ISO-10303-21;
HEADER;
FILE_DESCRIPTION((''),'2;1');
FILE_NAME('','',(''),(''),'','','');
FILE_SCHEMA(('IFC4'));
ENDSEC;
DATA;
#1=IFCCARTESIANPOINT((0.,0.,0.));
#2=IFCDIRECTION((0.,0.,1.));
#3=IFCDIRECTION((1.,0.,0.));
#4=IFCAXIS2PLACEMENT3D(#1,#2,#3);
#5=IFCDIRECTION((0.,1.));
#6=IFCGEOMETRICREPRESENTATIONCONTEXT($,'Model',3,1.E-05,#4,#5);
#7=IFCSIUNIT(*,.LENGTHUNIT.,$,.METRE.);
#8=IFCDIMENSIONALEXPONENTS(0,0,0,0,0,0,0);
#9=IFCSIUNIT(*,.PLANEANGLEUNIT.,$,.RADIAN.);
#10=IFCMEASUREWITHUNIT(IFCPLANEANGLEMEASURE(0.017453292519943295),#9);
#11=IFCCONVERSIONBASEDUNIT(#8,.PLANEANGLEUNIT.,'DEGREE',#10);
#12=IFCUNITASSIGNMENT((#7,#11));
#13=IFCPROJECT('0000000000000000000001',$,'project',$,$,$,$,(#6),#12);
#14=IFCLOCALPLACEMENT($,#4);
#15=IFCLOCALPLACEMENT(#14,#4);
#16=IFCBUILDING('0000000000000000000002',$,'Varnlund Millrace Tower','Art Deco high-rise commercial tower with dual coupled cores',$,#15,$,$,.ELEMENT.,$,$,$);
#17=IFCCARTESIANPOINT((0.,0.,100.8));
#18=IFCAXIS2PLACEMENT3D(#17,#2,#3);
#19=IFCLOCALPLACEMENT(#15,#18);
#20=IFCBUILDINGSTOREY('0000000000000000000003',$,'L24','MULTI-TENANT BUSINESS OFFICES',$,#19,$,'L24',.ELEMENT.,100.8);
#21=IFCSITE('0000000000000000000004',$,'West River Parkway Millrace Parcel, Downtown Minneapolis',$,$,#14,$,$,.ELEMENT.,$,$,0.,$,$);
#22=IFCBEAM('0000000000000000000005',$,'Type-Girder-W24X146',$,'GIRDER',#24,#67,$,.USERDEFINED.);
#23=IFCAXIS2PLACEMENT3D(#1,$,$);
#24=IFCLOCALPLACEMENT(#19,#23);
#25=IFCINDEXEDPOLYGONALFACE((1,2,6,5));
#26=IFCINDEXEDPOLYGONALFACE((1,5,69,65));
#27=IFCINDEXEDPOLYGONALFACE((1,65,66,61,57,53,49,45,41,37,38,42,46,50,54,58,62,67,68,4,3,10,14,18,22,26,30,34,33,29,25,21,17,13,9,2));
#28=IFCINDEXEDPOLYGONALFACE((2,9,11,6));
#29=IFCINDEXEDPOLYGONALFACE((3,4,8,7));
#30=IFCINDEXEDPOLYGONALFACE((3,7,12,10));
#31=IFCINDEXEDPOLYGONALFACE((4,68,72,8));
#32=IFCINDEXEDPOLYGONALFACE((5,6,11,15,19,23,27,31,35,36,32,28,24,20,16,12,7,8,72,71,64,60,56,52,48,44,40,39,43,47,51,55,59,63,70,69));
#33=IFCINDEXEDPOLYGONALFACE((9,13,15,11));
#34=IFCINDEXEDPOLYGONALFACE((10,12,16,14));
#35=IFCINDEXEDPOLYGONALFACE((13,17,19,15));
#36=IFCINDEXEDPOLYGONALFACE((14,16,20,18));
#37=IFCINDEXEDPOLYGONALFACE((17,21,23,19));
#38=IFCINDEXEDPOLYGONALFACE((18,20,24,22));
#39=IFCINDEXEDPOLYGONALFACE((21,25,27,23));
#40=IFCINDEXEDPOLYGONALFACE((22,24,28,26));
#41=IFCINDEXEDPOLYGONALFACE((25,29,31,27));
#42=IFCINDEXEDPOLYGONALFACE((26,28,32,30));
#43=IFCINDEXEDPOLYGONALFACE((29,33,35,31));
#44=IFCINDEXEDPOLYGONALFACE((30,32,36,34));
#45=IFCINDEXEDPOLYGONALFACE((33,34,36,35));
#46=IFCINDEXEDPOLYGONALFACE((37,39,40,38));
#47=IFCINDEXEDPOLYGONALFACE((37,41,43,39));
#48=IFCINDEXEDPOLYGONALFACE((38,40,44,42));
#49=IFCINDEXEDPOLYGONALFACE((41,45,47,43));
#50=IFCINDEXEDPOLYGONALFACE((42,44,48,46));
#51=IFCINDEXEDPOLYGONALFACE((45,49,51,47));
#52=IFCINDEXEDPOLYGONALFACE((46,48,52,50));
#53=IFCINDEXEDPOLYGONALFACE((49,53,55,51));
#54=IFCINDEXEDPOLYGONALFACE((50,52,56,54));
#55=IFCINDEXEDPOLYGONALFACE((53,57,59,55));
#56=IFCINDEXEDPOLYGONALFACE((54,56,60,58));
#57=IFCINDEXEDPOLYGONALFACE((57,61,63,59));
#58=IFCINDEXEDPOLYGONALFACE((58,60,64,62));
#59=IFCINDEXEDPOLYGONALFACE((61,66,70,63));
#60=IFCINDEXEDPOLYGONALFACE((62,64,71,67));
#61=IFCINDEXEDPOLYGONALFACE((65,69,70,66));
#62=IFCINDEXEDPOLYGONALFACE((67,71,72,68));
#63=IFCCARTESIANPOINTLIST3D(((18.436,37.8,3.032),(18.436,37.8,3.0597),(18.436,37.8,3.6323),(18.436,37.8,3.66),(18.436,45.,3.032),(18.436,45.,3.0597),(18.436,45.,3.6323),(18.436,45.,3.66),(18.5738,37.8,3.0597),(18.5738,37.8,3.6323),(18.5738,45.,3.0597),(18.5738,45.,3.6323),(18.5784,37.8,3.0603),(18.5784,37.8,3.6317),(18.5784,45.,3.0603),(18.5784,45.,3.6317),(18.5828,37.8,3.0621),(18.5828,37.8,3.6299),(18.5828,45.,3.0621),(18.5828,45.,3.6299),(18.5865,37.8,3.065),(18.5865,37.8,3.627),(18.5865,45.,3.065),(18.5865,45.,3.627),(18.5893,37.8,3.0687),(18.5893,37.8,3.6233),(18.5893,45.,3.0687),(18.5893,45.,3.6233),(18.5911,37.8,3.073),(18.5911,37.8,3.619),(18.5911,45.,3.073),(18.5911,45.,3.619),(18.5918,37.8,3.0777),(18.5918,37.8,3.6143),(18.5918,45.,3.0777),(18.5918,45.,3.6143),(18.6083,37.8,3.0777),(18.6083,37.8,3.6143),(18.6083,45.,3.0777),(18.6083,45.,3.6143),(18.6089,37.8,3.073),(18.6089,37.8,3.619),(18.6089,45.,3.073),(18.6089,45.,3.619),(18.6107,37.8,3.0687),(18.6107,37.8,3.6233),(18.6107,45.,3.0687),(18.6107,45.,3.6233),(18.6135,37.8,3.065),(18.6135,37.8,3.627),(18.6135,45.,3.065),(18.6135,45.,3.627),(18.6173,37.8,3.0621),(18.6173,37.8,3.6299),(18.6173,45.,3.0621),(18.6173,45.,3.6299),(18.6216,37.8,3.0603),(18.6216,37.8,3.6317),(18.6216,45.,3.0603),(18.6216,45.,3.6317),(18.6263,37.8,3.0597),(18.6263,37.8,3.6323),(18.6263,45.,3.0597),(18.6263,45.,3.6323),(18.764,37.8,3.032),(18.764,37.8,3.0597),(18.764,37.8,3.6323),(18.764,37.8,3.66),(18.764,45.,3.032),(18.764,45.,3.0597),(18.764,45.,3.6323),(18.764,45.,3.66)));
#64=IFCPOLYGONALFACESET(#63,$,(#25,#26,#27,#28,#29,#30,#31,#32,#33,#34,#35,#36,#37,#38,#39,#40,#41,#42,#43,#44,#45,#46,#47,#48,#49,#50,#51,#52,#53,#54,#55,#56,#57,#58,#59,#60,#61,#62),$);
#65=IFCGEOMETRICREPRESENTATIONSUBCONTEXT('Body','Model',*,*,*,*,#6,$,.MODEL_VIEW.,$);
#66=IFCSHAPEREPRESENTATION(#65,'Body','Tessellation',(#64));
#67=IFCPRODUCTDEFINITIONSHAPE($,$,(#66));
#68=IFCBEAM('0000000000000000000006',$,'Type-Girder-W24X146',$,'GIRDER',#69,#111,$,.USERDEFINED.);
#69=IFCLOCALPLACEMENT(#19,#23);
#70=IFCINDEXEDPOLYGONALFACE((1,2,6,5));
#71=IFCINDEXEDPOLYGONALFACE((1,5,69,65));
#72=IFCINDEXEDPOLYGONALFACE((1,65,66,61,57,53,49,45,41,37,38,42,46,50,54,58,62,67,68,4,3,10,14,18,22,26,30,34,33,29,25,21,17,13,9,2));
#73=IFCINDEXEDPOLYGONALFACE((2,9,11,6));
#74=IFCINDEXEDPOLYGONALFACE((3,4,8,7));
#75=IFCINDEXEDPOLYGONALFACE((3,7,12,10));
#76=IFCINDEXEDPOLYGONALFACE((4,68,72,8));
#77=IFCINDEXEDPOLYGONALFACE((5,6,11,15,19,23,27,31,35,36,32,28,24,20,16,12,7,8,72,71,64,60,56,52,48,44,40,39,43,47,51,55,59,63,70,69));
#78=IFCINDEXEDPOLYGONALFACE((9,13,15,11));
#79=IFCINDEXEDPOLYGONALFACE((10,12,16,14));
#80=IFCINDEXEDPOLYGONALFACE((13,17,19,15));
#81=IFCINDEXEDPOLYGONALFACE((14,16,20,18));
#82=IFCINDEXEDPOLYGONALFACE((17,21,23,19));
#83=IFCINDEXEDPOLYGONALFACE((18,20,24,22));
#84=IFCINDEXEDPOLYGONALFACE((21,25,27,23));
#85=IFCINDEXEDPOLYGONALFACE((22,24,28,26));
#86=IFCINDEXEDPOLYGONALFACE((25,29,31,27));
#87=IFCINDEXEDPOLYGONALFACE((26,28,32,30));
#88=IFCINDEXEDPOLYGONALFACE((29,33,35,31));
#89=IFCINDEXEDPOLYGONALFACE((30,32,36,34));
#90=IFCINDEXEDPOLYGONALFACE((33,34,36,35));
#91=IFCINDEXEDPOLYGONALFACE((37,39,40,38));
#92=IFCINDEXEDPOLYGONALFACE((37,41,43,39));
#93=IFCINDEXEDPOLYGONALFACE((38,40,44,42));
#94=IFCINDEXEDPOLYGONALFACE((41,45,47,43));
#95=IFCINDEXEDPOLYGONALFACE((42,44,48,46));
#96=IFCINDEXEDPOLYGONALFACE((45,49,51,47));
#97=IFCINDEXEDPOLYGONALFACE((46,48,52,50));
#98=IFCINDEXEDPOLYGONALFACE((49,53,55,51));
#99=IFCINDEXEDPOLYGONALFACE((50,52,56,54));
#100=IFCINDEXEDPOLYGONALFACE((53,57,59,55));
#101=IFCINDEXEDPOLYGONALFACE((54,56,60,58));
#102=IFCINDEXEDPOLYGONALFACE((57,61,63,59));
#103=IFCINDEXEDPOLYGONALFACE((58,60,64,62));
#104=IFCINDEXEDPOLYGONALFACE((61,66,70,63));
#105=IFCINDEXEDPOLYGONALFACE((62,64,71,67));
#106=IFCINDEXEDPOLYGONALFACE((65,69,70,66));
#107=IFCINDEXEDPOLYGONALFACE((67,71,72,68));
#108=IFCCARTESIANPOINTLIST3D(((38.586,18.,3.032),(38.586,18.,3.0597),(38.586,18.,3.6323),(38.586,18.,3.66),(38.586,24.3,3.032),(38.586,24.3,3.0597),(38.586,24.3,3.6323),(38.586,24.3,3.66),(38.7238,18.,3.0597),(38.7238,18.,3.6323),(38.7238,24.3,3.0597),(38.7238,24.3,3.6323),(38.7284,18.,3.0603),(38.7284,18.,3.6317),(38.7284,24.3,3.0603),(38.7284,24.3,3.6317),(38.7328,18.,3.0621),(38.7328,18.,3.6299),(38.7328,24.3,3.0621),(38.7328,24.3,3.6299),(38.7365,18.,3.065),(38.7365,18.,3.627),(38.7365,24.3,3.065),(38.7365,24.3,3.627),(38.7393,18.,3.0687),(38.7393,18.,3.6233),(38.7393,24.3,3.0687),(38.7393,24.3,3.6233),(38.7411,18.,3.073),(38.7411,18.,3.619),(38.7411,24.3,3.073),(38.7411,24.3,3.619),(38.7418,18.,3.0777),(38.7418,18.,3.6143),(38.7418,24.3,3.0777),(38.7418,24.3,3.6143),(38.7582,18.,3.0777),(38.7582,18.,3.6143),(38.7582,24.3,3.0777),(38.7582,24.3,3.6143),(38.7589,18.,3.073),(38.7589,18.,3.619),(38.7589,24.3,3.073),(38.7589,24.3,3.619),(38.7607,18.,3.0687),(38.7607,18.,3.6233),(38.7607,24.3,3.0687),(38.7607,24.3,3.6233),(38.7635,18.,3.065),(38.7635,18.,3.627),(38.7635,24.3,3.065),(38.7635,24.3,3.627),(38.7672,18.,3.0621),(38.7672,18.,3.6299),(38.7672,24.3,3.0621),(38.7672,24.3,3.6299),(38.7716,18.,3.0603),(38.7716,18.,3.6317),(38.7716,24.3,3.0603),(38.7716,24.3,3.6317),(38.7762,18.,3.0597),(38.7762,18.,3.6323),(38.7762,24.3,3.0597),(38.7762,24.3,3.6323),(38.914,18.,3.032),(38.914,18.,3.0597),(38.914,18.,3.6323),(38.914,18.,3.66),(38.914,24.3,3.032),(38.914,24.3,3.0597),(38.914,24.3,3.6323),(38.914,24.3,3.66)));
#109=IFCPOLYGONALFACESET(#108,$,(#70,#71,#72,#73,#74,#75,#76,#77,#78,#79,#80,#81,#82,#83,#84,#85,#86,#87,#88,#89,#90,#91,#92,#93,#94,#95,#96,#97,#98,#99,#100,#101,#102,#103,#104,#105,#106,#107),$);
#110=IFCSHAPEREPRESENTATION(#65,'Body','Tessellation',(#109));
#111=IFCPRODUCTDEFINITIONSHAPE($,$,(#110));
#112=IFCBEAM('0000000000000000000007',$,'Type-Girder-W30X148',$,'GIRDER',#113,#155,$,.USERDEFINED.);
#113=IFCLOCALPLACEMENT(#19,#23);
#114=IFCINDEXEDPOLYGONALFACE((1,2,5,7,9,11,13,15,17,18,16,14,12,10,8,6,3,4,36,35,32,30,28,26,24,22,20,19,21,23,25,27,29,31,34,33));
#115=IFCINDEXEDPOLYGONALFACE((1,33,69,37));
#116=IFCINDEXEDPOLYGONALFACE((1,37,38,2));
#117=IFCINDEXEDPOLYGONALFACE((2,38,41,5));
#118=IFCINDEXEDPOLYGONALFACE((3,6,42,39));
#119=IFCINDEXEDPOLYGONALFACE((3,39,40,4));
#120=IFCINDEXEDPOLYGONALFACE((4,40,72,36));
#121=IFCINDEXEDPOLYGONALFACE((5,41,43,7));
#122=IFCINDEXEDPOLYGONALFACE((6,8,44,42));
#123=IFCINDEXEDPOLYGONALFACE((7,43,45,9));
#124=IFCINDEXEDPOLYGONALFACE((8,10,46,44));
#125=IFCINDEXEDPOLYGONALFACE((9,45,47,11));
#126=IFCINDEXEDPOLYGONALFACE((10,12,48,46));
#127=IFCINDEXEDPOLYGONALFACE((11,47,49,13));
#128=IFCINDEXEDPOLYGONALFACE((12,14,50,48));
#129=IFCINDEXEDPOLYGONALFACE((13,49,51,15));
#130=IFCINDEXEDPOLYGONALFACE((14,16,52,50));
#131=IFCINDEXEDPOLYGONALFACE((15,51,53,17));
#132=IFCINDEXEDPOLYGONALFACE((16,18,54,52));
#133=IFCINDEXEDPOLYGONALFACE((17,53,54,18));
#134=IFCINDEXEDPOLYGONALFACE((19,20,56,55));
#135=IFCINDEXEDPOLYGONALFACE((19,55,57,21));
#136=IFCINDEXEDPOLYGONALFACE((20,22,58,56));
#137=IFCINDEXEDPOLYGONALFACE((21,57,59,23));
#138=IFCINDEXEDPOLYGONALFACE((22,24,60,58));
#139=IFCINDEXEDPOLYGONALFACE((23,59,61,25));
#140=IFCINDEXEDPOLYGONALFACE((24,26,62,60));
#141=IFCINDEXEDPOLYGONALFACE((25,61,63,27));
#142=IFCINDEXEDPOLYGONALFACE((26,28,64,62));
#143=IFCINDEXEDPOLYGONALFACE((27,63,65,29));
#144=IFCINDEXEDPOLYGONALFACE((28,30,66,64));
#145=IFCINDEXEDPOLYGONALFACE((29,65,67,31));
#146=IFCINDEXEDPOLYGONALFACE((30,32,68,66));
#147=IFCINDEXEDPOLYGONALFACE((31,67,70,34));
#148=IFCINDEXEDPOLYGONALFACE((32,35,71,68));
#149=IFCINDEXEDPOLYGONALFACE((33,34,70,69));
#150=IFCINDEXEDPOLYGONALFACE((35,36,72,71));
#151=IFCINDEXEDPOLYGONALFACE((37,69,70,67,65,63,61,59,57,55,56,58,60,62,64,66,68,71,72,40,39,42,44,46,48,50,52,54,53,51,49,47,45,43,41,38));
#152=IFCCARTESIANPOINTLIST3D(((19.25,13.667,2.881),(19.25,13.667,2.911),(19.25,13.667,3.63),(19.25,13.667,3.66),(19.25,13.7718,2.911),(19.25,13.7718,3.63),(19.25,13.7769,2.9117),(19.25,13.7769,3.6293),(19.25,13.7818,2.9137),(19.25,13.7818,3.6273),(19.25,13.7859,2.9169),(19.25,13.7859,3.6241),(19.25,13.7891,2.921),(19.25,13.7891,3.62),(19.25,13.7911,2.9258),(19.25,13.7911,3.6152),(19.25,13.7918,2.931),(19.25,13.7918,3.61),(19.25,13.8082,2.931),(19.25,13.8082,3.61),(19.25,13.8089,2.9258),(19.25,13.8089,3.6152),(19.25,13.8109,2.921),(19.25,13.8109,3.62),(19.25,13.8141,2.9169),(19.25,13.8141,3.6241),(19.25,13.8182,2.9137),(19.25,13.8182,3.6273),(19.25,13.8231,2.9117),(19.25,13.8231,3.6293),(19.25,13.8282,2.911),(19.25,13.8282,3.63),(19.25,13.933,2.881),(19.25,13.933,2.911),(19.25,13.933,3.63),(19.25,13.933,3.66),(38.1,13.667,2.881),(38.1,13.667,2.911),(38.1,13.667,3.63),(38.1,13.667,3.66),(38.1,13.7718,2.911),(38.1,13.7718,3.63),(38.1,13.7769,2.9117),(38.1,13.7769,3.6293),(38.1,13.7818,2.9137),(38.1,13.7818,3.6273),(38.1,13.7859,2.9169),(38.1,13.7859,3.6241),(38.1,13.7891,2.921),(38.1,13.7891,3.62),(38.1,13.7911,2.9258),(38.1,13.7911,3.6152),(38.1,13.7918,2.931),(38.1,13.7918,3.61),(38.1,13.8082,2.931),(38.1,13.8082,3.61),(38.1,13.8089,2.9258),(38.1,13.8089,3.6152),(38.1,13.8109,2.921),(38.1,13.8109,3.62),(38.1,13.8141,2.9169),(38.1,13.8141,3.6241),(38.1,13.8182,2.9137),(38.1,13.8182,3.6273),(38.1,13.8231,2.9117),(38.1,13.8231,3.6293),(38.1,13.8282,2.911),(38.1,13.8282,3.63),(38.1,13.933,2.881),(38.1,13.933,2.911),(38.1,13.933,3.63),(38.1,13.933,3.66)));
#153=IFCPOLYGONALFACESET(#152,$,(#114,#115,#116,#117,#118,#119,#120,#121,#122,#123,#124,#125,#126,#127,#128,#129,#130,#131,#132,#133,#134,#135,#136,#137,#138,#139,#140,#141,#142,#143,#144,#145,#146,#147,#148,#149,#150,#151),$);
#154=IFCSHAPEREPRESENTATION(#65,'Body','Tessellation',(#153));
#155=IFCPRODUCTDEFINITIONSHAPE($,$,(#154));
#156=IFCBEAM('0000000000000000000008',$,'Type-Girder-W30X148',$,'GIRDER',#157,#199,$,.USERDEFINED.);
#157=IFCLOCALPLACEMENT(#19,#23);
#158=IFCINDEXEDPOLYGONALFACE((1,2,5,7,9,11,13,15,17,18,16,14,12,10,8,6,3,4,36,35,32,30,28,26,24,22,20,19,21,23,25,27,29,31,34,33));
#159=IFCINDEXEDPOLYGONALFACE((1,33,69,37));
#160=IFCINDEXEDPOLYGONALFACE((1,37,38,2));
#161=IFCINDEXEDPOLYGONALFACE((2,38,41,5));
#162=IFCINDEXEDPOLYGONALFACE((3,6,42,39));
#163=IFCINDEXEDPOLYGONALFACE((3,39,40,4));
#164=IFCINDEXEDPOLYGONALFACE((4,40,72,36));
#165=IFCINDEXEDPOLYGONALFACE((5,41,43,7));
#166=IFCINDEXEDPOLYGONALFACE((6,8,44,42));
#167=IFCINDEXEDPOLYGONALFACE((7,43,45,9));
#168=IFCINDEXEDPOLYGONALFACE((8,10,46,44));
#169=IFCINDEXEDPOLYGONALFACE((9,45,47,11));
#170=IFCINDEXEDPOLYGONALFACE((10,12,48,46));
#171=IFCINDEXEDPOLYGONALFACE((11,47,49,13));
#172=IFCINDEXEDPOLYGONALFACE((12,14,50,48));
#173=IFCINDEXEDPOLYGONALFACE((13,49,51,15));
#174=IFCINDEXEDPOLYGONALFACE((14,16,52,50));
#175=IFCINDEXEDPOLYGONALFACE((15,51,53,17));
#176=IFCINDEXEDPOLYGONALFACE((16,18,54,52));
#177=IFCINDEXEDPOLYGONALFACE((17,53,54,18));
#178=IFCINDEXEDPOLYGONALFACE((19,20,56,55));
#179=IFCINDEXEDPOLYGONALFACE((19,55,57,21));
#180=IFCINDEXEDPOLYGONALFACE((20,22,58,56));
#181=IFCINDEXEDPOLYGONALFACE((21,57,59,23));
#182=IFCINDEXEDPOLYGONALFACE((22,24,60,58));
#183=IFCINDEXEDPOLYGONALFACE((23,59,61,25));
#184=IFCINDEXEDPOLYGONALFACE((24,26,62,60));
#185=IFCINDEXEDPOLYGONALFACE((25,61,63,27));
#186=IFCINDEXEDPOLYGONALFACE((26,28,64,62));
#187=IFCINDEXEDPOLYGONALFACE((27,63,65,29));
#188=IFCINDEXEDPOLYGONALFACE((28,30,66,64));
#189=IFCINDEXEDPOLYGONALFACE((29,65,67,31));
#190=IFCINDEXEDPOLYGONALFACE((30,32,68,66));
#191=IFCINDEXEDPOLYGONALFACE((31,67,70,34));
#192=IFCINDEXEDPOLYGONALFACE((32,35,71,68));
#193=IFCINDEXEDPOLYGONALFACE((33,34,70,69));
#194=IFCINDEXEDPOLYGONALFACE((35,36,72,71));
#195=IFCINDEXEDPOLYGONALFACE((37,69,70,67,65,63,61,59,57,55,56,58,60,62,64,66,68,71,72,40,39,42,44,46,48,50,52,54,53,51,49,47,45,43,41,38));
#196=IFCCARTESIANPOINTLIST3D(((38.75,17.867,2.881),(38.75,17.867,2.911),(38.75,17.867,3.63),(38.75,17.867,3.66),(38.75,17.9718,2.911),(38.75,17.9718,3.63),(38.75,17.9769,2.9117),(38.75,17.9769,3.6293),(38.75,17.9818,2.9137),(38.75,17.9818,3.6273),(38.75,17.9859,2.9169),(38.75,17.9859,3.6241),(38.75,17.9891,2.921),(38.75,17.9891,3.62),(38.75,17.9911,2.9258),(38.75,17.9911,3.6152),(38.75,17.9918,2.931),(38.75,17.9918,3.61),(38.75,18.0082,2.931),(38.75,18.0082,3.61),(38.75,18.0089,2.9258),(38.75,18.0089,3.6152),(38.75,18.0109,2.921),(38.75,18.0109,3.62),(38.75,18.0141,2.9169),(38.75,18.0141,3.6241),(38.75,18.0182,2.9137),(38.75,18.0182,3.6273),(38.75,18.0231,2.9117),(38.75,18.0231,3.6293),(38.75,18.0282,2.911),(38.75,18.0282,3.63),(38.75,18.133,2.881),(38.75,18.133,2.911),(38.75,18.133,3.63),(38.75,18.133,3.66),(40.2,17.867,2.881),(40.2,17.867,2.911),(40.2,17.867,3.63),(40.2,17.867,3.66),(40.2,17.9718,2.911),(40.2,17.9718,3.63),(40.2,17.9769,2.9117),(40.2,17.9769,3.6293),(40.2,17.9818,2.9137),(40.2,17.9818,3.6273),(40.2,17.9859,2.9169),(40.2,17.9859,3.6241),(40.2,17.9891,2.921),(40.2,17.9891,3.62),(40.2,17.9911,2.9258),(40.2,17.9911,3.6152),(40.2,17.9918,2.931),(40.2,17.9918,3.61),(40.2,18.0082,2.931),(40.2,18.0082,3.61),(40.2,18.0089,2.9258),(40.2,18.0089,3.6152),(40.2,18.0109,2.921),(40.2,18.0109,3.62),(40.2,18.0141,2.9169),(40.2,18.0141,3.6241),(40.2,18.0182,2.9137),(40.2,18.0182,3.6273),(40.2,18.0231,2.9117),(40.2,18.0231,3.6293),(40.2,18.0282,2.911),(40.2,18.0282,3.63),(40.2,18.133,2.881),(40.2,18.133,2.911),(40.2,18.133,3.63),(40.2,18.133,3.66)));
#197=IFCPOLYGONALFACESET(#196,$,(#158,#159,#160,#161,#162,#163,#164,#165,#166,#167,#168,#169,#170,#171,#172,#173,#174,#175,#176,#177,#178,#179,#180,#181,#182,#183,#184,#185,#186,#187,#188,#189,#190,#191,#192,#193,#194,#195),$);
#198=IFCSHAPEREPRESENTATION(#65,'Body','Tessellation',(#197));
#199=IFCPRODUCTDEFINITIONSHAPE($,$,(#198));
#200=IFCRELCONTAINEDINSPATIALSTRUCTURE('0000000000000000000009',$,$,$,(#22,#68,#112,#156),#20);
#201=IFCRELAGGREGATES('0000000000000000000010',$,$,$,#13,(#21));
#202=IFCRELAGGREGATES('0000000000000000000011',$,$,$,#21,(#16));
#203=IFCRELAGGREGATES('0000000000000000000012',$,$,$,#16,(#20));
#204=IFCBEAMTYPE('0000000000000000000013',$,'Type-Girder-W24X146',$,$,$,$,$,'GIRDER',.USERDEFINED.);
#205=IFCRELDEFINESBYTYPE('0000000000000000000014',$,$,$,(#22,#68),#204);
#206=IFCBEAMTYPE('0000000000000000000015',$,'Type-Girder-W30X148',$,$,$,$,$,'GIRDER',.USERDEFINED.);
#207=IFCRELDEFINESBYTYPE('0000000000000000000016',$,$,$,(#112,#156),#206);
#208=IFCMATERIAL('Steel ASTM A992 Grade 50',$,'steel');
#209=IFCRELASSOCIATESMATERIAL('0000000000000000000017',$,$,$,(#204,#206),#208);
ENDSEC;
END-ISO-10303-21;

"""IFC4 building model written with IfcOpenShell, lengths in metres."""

from ifc_helpers import new_model, entity, si_unit, converted_unit, direction, frame, origin_with_axes, origin_2d_with_axis, place, context, subcontext, project, spatial, i_section, extrude, material, material_profile, profile_set, type_object, element, save


model = new_model("IFC4")

# Units and contexts
model_context = context("Model", 3, precision=1e-05, world=origin_with_axes(), true_north=direction((0.0, 1.0)))
body_context = subcontext(model_context, "Body", "Model", "MODEL_VIEW")
ifc_project = project(units=[si_unit("LENGTHUNIT", "METRE"), converted_unit("PLANEANGLEUNIT", "DEGREE", entity("IfcPlaneAngleMeasure", 0.017453292519943295), si_unit("PLANEANGLEUNIT", "RADIAN"), dimensions=[0, 0, 0, 0, 0, 0, 0])], contexts=[model_context])

# Site, building, storey
site_placement = place(None, origin_with_axes())
site = spatial("IfcSite", under=ifc_project, at=site_placement, Name="West River Parkway Millrace Parcel, Downtown Minneapolis", CompositionType="ELEMENT", RefElevation=0.0)
building_placement = place(site_placement, origin_with_axes())
building = spatial("IfcBuilding", under=site, at=building_placement, Name="Varnlund Millrace Tower", Description="Art Deco high-rise commercial tower with dual coupled cores", CompositionType="ELEMENT")
storey_placement = place(building_placement, frame((0.0, 0.0, 100.8), z_axis=(0.0, 0.0, 1.0), x_axis=(1.0, 0.0, 0.0)))
storey = spatial("IfcBuildingStorey", under=building, at=storey_placement, Name="L24", Description="MULTI-TENANT BUSINESS OFFICES", LongName="L24", CompositionType="ELEMENT", Elevation=100.8)

# Beams
ifc_material_1 = material(Name="Steel ASTM A992 Grade 50", Category="steel")
ifc_material_profile_1 = material_profile(ifc_material_1, i_section(OverallWidth=0.328, OverallDepth=0.628, WebThickness=0.0165, FlangeThickness=0.0277, FilletRadius=0.018, at=origin_2d_with_axis()), Name="Steel ASTM A992 Grade 50")
ifc_profile_set_1 = profile_set([ifc_material_profile_1], Name="Steel ASTM A992 Grade 50")
beam_type_1 = type_object("IfcBeamType", Name="Type-Girder-W24X146", ElementType="GIRDER", PredefinedType="USERDEFINED", material=ifc_profile_set_1)
beam_1_placement = place(storey_placement, frame((18.6, 37.8, 3.346), z_axis=(0.0, 1.0, 0.0), x_axis=(-1.0, 0.0, 0.0)))
element("IfcBeam", 1, at=beam_1_placement, inside=storey, type_object=beam_type_1, Name="Type-Girder-W24X146", ObjectType="GIRDER", PredefinedType="USERDEFINED", context=body_context, shape_type="SweptSolid", body=[
    extrude(i_section(OverallWidth=0.328, OverallDepth=0.628, WebThickness=0.0165, FlangeThickness=0.0277, FilletRadius=0.018, at=origin_2d_with_axis()), origin_with_axes(), (0.0, 0.0, 1.0), 7.2),
])
beam_2_placement = place(storey_placement, frame((38.75, 18.0, 3.346), z_axis=(0.0, 1.0, 0.0), x_axis=(-1.0, 0.0, 0.0)))
element("IfcBeam", 2, at=beam_2_placement, inside=storey, type_object=beam_type_1, Name="Type-Girder-W24X146", ObjectType="GIRDER", PredefinedType="USERDEFINED", context=body_context, shape_type="SweptSolid", body=[
    extrude(i_section(OverallWidth=0.328, OverallDepth=0.628, WebThickness=0.0165, FlangeThickness=0.0277, FilletRadius=0.018, at=origin_2d_with_axis()), origin_with_axes(), (0.0, 0.0, 1.0), 6.3),
])
ifc_material_profile_2 = material_profile(ifc_material_1, i_section(OverallWidth=0.266, OverallDepth=0.779, WebThickness=0.0165, FlangeThickness=0.03, FilletRadius=0.02, at=origin_2d_with_axis()), Name="Steel ASTM A992 Grade 50")
ifc_profile_set_2 = profile_set([ifc_material_profile_2], Name="Steel ASTM A992 Grade 50")
beam_type_2 = type_object("IfcBeamType", Name="Type-Girder-W30X148", ElementType="GIRDER", PredefinedType="USERDEFINED", material=ifc_profile_set_2)
beam_3_placement = place(storey_placement, frame((19.25, 13.8, 3.2705), z_axis=(1.0, 0.0, 0.0), x_axis=(0.0, 1.0, 0.0)))
element("IfcBeam", 3, at=beam_3_placement, inside=storey, type_object=beam_type_2, Name="Type-Girder-W30X148", ObjectType="GIRDER", PredefinedType="USERDEFINED", context=body_context, shape_type="SweptSolid", body=[
    extrude(i_section(OverallWidth=0.266, OverallDepth=0.779, WebThickness=0.0165, FlangeThickness=0.03, FilletRadius=0.02, at=origin_2d_with_axis()), origin_with_axes(), (0.0, 0.0, 1.0), 18.85),
])
beam_4_placement = place(storey_placement, frame((38.75, 18.0, 3.2705), z_axis=(1.0, 0.0, 0.0), x_axis=(0.0, 1.0, 0.0)))
element("IfcBeam", 4, at=beam_4_placement, inside=storey, type_object=beam_type_2, Name="Type-Girder-W30X148", ObjectType="GIRDER", PredefinedType="USERDEFINED", context=body_context, shape_type="SweptSolid", body=[
    extrude(i_section(OverallWidth=0.266, OverallDepth=0.779, WebThickness=0.0165, FlangeThickness=0.03, FilletRadius=0.02, at=origin_2d_with_axis()), origin_with_axes(), (0.0, 0.0, 1.0), 1.45),
])

save(model, "model.ifc")
